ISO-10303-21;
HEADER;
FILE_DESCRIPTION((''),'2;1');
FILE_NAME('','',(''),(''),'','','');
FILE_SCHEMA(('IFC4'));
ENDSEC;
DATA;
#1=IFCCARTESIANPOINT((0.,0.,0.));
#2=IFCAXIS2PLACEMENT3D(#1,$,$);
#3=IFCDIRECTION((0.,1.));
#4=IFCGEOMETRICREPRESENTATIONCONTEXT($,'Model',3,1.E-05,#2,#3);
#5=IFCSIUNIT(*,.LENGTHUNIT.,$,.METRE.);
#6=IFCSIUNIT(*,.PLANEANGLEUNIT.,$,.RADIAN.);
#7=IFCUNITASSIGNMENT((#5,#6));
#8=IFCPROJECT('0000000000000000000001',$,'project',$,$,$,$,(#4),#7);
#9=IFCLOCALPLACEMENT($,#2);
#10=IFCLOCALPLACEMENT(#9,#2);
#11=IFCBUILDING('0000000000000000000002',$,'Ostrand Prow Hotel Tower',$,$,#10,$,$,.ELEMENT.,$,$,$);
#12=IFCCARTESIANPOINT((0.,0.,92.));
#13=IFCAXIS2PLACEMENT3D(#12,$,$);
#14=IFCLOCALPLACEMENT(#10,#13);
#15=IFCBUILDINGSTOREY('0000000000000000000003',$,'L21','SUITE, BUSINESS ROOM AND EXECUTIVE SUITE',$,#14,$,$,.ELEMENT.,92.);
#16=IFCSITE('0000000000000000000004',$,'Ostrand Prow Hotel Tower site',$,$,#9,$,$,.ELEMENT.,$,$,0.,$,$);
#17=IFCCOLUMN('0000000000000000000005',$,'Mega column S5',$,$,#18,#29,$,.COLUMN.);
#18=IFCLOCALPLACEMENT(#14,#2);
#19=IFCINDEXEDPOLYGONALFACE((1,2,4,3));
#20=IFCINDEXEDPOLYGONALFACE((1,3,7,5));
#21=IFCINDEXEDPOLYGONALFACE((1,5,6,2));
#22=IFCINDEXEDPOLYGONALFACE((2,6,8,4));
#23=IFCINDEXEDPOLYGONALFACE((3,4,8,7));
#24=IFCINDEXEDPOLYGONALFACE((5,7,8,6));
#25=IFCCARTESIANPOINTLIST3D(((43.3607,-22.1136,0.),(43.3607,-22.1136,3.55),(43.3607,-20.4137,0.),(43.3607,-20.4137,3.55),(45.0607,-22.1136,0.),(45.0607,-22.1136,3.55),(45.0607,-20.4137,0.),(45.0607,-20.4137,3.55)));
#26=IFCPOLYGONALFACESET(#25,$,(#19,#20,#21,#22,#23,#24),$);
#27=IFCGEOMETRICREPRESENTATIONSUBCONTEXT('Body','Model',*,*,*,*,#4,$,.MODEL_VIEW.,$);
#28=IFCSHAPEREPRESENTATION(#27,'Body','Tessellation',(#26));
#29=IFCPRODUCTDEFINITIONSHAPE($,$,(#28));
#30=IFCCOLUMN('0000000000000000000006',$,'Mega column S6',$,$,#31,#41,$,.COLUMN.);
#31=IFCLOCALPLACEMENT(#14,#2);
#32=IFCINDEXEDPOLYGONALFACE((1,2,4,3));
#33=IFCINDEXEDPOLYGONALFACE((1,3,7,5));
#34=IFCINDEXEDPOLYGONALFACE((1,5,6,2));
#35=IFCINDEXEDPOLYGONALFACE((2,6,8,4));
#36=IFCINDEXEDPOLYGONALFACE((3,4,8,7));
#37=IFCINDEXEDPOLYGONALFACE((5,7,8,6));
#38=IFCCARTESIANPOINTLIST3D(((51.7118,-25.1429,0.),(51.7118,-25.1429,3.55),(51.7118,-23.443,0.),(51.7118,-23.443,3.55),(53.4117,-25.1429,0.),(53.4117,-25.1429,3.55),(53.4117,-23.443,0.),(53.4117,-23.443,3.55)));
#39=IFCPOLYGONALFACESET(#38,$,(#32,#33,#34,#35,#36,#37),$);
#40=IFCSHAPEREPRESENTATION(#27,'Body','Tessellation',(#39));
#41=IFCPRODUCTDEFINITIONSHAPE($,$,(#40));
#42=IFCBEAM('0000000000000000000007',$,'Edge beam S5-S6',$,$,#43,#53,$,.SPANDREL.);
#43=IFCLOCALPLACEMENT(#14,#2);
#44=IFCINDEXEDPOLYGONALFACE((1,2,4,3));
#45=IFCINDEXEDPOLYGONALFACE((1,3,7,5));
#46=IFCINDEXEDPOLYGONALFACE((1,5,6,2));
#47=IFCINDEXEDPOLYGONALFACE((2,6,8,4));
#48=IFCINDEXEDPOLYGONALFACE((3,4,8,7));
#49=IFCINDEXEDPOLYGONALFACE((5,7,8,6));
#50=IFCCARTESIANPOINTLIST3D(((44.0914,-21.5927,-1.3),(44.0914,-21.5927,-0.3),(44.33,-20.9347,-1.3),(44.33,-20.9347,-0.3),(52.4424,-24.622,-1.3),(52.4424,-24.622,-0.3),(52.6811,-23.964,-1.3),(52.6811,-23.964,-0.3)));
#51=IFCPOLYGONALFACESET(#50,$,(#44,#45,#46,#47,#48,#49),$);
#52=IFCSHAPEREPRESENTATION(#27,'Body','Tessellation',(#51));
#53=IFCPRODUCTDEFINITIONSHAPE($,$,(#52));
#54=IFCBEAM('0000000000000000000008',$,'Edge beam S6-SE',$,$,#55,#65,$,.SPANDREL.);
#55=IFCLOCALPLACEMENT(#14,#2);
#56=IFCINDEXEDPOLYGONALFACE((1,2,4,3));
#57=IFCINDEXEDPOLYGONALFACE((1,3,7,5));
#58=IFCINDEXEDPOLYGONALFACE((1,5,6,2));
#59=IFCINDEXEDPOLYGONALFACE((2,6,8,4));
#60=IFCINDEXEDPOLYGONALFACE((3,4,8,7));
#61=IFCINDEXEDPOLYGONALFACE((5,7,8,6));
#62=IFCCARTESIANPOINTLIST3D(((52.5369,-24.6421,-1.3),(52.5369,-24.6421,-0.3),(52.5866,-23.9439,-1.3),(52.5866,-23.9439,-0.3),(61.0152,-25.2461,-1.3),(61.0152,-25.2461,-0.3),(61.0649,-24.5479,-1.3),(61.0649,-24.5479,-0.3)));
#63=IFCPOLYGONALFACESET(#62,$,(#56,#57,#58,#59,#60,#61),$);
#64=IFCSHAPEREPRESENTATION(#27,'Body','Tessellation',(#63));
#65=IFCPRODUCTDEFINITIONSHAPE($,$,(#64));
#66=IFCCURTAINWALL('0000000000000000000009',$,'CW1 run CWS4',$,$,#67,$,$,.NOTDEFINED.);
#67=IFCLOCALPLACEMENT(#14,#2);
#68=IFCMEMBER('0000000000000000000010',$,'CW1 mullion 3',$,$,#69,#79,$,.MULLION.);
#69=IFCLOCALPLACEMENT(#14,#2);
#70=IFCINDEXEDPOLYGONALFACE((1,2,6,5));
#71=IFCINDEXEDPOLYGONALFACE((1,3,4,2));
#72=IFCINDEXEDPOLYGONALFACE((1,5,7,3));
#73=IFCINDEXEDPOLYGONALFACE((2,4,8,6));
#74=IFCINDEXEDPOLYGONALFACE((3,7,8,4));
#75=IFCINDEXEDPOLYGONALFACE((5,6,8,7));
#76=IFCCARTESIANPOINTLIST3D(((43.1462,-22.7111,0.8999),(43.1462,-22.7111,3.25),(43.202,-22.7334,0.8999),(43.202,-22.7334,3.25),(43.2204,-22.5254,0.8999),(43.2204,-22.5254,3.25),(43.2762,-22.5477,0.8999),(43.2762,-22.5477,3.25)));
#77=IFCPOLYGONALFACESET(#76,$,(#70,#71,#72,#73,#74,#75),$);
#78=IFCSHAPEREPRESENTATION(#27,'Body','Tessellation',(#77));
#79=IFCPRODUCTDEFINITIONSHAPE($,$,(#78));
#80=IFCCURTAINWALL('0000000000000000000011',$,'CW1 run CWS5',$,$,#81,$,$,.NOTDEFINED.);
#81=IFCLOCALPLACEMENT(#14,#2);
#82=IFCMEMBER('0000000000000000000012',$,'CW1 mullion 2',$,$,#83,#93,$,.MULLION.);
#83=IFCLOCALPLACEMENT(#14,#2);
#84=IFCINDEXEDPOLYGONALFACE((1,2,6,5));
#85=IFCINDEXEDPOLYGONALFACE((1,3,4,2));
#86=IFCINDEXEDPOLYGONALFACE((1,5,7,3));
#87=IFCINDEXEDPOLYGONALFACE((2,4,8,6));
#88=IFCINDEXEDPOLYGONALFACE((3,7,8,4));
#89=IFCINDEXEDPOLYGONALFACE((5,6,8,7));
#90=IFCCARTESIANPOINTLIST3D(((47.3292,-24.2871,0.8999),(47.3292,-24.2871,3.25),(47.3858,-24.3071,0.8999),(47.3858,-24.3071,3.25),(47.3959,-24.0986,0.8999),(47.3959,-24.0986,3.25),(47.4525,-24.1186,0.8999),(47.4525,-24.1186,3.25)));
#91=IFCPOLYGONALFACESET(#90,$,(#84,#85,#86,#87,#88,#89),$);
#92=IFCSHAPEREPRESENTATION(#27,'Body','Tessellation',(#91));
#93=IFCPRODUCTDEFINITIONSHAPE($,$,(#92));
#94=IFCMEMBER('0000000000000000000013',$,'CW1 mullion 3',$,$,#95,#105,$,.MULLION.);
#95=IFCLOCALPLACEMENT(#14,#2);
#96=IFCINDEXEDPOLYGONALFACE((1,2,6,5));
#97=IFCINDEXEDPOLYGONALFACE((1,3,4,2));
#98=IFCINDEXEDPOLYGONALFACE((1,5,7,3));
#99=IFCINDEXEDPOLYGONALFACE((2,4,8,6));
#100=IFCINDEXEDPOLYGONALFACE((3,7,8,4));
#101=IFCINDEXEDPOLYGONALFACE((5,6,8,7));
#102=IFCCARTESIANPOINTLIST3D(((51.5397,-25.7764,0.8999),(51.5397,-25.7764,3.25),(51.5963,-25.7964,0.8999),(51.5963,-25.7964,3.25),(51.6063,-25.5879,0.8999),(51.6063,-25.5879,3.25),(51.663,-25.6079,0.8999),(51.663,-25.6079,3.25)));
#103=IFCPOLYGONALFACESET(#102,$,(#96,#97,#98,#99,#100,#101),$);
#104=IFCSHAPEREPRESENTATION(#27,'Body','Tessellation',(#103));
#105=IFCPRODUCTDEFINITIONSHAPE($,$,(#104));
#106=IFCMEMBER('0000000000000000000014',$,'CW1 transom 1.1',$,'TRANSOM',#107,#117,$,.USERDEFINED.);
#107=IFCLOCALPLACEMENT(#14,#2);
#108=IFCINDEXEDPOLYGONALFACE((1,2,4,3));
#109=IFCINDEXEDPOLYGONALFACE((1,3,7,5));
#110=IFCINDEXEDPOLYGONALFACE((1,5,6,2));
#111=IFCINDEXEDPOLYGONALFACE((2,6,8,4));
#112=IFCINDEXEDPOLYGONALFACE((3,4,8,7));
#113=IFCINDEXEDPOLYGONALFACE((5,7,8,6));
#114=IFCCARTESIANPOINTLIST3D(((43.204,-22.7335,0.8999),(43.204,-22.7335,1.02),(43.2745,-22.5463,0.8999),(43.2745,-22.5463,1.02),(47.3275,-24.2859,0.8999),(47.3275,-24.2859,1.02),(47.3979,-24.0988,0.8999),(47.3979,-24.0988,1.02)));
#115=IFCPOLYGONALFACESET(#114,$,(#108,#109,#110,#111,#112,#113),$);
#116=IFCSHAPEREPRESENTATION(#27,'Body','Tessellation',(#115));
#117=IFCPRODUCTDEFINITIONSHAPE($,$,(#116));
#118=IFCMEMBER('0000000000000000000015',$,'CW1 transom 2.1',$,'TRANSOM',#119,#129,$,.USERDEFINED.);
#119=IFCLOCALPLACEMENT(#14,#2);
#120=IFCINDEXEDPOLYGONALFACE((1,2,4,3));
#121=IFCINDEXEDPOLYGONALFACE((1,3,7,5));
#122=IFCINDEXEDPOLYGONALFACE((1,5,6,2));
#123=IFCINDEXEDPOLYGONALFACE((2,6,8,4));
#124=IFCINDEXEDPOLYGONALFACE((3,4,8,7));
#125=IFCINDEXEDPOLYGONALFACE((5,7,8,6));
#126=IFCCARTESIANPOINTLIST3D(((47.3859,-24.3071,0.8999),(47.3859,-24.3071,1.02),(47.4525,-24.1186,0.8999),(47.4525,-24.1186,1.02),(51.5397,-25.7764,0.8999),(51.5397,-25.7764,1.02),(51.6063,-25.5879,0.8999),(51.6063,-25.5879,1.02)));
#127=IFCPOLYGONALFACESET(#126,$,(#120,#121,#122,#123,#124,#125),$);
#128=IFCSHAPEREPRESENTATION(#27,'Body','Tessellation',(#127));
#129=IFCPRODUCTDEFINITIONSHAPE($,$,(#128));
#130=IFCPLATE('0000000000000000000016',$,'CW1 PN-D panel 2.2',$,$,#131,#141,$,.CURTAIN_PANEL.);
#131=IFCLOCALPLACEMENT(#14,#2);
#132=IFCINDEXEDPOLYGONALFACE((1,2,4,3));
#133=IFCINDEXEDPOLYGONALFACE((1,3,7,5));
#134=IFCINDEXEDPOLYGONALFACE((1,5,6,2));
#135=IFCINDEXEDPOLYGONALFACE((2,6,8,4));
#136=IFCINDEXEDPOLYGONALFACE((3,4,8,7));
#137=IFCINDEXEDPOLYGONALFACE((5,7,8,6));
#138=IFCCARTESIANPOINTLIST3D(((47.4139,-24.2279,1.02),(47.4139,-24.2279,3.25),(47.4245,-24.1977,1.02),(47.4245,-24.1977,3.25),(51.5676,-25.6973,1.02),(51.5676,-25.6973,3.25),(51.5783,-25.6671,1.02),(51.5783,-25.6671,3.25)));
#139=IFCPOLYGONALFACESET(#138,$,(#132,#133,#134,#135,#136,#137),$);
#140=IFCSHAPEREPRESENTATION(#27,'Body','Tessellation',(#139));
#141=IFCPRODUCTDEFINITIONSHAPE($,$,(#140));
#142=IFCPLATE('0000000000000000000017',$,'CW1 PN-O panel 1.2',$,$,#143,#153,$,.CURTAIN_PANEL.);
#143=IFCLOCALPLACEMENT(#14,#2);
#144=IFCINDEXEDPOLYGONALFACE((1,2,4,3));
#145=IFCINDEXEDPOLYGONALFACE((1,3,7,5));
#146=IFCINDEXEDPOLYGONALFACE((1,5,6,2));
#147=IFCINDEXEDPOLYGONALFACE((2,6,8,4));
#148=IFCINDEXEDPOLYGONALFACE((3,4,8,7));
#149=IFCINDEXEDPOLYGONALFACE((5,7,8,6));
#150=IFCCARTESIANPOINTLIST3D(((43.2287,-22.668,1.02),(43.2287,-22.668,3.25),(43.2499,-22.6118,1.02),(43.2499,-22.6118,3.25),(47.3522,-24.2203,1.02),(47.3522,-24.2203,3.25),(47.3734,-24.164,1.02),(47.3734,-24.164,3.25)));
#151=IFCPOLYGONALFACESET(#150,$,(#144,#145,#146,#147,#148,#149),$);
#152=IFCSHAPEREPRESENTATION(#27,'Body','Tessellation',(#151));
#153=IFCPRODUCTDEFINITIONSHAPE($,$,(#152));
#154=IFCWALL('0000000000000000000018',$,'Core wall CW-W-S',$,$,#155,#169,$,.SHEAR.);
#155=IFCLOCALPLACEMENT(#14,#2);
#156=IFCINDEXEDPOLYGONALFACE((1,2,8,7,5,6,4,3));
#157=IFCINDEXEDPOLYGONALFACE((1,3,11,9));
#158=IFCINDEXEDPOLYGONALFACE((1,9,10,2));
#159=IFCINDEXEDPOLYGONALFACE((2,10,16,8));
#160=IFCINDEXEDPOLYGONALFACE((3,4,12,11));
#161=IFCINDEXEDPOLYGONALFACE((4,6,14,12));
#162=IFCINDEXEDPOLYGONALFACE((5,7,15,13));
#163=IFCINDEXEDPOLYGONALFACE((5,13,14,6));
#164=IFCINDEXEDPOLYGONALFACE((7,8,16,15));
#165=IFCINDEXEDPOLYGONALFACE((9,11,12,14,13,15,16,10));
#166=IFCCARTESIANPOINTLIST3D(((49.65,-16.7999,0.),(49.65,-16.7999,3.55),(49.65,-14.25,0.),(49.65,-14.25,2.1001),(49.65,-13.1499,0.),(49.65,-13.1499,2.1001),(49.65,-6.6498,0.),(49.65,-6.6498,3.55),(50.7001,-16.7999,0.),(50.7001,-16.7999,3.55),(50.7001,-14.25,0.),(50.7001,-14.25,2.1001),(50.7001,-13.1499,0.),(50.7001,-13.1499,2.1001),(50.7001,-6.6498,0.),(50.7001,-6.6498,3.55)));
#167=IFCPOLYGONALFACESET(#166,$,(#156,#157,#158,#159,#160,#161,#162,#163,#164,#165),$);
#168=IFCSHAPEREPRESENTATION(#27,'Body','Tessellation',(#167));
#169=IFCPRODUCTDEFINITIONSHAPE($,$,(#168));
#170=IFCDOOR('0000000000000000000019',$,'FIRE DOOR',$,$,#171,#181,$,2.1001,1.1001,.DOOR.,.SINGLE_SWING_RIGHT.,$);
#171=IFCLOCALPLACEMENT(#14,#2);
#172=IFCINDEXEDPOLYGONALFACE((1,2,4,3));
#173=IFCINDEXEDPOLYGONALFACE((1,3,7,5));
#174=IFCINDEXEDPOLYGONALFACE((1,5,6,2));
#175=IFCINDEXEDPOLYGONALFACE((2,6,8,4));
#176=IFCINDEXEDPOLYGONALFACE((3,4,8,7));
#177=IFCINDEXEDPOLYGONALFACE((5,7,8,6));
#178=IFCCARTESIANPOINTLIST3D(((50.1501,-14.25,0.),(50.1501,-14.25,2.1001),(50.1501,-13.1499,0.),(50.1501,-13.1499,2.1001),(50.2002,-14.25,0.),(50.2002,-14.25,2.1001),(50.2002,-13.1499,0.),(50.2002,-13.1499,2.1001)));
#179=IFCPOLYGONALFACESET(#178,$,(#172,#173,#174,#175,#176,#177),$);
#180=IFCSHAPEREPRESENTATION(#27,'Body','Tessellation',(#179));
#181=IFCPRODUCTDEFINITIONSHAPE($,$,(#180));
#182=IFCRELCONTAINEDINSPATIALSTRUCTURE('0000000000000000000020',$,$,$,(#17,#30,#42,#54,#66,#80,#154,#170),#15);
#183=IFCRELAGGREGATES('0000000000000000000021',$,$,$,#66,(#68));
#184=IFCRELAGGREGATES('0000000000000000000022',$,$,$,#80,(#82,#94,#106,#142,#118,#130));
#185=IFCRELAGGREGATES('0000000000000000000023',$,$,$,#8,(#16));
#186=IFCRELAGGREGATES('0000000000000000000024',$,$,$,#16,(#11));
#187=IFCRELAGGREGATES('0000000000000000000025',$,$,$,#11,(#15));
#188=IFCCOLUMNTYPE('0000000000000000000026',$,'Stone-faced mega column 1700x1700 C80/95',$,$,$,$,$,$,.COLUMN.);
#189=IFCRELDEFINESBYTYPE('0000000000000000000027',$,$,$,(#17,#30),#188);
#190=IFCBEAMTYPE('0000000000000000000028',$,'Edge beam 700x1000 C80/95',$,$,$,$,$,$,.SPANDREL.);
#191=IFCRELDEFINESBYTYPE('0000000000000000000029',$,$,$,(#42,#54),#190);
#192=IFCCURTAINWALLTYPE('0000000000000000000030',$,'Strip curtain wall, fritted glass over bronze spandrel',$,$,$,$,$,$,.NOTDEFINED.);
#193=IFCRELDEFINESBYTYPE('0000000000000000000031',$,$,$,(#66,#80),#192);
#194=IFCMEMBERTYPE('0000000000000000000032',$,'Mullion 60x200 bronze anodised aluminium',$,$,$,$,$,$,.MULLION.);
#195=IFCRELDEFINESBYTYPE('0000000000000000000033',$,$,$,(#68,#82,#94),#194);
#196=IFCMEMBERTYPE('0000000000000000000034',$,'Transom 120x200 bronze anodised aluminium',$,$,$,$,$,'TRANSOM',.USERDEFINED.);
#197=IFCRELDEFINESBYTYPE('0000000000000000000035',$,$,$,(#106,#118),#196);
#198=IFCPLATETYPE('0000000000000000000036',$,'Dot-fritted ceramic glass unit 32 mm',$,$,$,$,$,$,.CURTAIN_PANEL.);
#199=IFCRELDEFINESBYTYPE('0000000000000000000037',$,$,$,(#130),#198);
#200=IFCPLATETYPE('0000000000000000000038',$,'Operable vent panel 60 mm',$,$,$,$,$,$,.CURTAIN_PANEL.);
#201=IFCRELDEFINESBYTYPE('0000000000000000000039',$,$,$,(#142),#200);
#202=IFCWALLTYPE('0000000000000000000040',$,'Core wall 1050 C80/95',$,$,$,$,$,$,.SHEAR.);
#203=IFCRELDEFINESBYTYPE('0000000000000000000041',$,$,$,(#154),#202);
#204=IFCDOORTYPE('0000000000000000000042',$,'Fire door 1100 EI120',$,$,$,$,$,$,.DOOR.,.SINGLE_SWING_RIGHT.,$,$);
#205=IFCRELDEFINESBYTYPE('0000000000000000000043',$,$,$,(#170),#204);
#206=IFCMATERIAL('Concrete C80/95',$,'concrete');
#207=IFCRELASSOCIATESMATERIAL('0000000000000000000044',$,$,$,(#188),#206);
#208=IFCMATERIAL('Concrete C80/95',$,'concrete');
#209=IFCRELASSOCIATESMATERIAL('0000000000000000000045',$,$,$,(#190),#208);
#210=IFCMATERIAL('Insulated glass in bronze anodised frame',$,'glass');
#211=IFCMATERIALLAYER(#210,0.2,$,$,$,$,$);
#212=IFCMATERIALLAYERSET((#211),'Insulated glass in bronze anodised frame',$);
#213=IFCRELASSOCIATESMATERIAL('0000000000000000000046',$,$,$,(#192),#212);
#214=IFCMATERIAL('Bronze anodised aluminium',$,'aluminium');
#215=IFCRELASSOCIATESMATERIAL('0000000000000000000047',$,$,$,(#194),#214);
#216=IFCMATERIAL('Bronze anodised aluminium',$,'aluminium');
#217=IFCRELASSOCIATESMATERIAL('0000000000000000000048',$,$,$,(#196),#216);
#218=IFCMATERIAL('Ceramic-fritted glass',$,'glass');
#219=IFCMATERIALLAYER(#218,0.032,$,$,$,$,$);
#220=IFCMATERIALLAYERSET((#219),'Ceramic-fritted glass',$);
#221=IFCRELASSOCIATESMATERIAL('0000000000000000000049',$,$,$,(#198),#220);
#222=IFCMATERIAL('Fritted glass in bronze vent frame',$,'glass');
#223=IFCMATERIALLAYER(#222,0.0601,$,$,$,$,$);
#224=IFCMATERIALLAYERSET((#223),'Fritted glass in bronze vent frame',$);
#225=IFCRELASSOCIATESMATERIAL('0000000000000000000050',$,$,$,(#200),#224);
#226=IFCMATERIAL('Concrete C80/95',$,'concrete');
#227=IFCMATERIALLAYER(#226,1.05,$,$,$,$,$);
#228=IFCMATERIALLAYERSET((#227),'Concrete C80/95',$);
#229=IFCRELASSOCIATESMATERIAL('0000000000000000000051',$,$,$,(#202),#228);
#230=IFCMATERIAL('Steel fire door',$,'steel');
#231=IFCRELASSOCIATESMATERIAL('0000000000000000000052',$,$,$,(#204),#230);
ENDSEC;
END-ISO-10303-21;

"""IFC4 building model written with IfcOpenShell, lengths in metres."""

from ifc_helpers import new_model, si_unit, direction, frame, frame_2d, origin, origin_2d, place, context, subcontext, project, spatial, rectangle, extrude, material, layer, layer_set, material_profile, profile_set, type_object, element, fill, aggregate, save


model = new_model("IFC4")

# Units and contexts
model_context = context("Model", 3, precision=1e-05, world=origin(), true_north=direction((0.0, 1.0)))
body_context = subcontext(model_context, "Body", "Model", "MODEL_VIEW")
ifc_project = project(units=[si_unit("LENGTHUNIT", "METRE"), si_unit("PLANEANGLEUNIT", "RADIAN")], contexts=[model_context])

# Site, building, storey
site_placement = place(None, origin())
site = spatial("IfcSite", under=ifc_project, at=site_placement, Name="Ostrand Prow Hotel Tower site", CompositionType="ELEMENT", RefElevation=0.0)
building_placement = place(site_placement, origin())
building = spatial("IfcBuilding", under=site, at=building_placement, Name="Ostrand Prow Hotel Tower", CompositionType="ELEMENT")
storey_placement = place(building_placement, frame((0.0, 0.0, 92.0)))
storey = spatial("IfcBuildingStorey", under=building, at=storey_placement, Name="L21", Description="SUITE, BUSINESS ROOM AND EXECUTIVE SUITE", CompositionType="ELEMENT", Elevation=92.0)

# Columns
ifc_material_1 = material(Name="Concrete C80/95", Category="concrete")
ifc_material_profile_1 = material_profile(ifc_material_1, rectangle(XDim=1.7, YDim=1.7, at=origin_2d()), Name="RC 1700x1700")
ifc_profile_set_1 = profile_set([ifc_material_profile_1], Name="Concrete C80/95")
column_type = type_object("IfcColumnType", Name="Stone-faced mega column 1700x1700 C80/95", PredefinedType="COLUMN", material=ifc_profile_set_1)
for number, where, z_axis, x_axis, name in (
    (1, (44.2107, -21.2637, 0.0), (0.0, 0.0, 1.0), (1.0, 0.0, 0.0), "Mega column S5"),
    (2, (52.5618, -24.293, 0.0), (0.0, 0.0, 1.0), (1.0, 0.0, 0.0), "Mega column S6"),
):
    element("IfcColumn", number, at=place(storey_placement, frame(where, z_axis=z_axis, x_axis=x_axis)), inside=storey, type_object=column_type, Name=name, PredefinedType="COLUMN", context=body_context, shape_type="SweptSolid", body=[
        extrude(rectangle(XDim=1.7, YDim=1.7, at=origin_2d()), origin(), (0.0, 0.0, 1.0), 3.55),
    ])

# Beams
ifc_material_2 = material(Name="Concrete C80/95", Category="concrete")
ifc_material_profile_2 = material_profile(ifc_material_2, rectangle(XDim=0.7, YDim=1.0, at=origin_2d()), Name="RC 700x1000")
ifc_profile_set_2 = profile_set([ifc_material_profile_2], Name="Concrete C80/95")
beam_type = type_object("IfcBeamType", Name="Edge beam 700x1000 C80/95", PredefinedType="SPANDREL", material=ifc_profile_set_2)
beam_1_placement = place(storey_placement, frame((44.2107, -21.2637, -0.8), z_axis=(0.940063, -0.341002, 0.0), x_axis=(0.341002, 0.940063, 0.0)))
element("IfcBeam", 3, at=beam_1_placement, inside=storey, type_object=beam_type, Name="Edge beam S5-S6", PredefinedType="SPANDREL", context=body_context, shape_type="SweptSolid", body=[
    extrude(rectangle(XDim=0.7, YDim=1.0, at=origin_2d()), origin(), (0.0, 0.0, 1.0), 8.8835),
])
beam_2_placement = place(storey_placement, frame((52.5618, -24.293, -0.8), z_axis=(0.997472, -0.071061, 0.0), x_axis=(0.071061, 0.997472, 0.0)))
element("IfcBeam", 4, at=beam_2_placement, inside=storey, type_object=beam_type, Name="Edge beam S6-SE", PredefinedType="SPANDREL", context=body_context, shape_type="SweptSolid", body=[
    extrude(rectangle(XDim=0.7, YDim=1.0, at=origin_2d()), origin(), (0.0, 0.0, 1.0), 8.4998),
])

# Curtain wall, member
ifc_material_3 = material(Name="Insulated glass in bronze anodised frame", Category="glass")
ifc_layer_1 = layer(ifc_material_3, 0.2)
ifc_layer_set_1 = layer_set([ifc_layer_1], Name="Insulated glass in bronze anodised frame")
curtain_wall_type = type_object("IfcCurtainWallType", Name="Strip curtain wall, fritted glass over bronze spandrel", PredefinedType="NOTDEFINED", material=ifc_layer_set_1)
curtain_wall_1_placement = place(storey_placement, origin())
curtain_wall_1 = element("IfcCurtainWall", 5, at=curtain_wall_1_placement, inside=storey, type_object=curtain_wall_type, Name="CW1 run CWS4", PredefinedType="NOTDEFINED")
ifc_material_4 = material(Name="Bronze anodised aluminium", Category="aluminium")
ifc_material_profile_3 = material_profile(ifc_material_4, rectangle(XDim=0.2, YDim=0.0601, at=origin_2d()), Name="Mullion 60x200 bronze anodised aluminium")
ifc_profile_set_3 = profile_set([ifc_material_profile_3], Name="Bronze anodised aluminium")
member_type_1 = type_object("IfcMemberType", Name="Mullion 60x200 bronze anodised aluminium", PredefinedType="MULLION", material=ifc_profile_set_3)
member_1_placement = place(storey_placement, frame((43.2112, -22.6294, 0.8999), z_axis=(0.0, 0.0, 1.0), x_axis=(0.370982, 0.92864, 0.0)))
member_1 = element("IfcMember", 6, at=member_1_placement, type_object=member_type_1, Name="CW1 mullion 3", PredefinedType="MULLION", context=body_context, shape_type="SweptSolid", body=[
    extrude(rectangle(XDim=0.2, YDim=0.0601, at=origin_2d()), origin(), (0.0, 0.0, 1.0), 2.3501),
])
aggregate(curtain_wall_1, [member_1])

# Curtain wall, members, plates
curtain_wall_2_placement = place(storey_placement, origin())
curtain_wall_2 = element("IfcCurtainWall", 7, at=curtain_wall_2_placement, inside=storey, type_object=curtain_wall_type, Name="CW1 run CWS5", PredefinedType="NOTDEFINED")
member_2_placement = place(storey_placement, frame((47.3909, -24.2029, 0.8999), z_axis=(0.0, 0.0, 1.0), x_axis=(0.333496, 0.942752, 0.0)))
member_2 = element("IfcMember", 8, at=member_2_placement, type_object=member_type_1, Name="CW1 mullion 2", PredefinedType="MULLION", context=body_context, shape_type="SweptSolid", body=[
    extrude(rectangle(XDim=0.2, YDim=0.0601, at=origin_2d()), origin(), (0.0, 0.0, 1.0), 2.3501),
])
member_3_placement = place(storey_placement, frame((51.6013, -25.6921, 0.8999), z_axis=(0.0, 0.0, 1.0), x_axis=(0.333496, 0.942752, 0.0)))
member_3 = element("IfcMember", 9, at=member_3_placement, type_object=member_type_1, Name="CW1 mullion 3", PredefinedType="MULLION", context=body_context, shape_type="SweptSolid", body=[
    extrude(rectangle(XDim=0.2, YDim=0.0601, at=origin_2d()), origin(), (0.0, 0.0, 1.0), 2.3501),
])
ifc_material_5 = material(Name="Bronze anodised aluminium", Category="aluminium")
ifc_material_profile_4 = material_profile(ifc_material_5, rectangle(XDim=0.2, YDim=0.1201, at=origin_2d()), Name="Transom 120x200 bronze anodised aluminium")
ifc_profile_set_4 = profile_set([ifc_material_profile_4], Name="Bronze anodised aluminium")
member_type_2 = type_object("IfcMemberType", Name="Transom 120x200 bronze anodised aluminium", ElementType="TRANSOM", PredefinedType="USERDEFINED", material=ifc_profile_set_4)
member_4_placement = place(storey_placement, frame((43.2393, -22.6399, 0.96), z_axis=(0.935868, -0.35235, 0.0), x_axis=(0.35235, 0.935868, 0.0)))
member_4 = element("IfcMember", 10, at=member_4_placement, type_object=member_type_2, Name="CW1 transom 1.1", ObjectType="TRANSOM", PredefinedType="USERDEFINED", context=body_context, shape_type="SweptSolid", body=[
    extrude(rectangle(XDim=0.2, YDim=0.1201, at=origin_2d()), origin(), (0.0, 0.0, 1.0), 4.406),
])
member_5_placement = place(storey_placement, frame((47.4192, -24.2129, 0.96), z_axis=(0.942763, -0.333463, 0.0), x_axis=(0.333463, 0.942763, 0.0)))
member_5 = element("IfcMember", 11, at=member_5_placement, type_object=member_type_2, Name="CW1 transom 2.1", ObjectType="TRANSOM", PredefinedType="USERDEFINED", context=body_context, shape_type="SweptSolid", body=[
    extrude(rectangle(XDim=0.2, YDim=0.1201, at=origin_2d()), origin(), (0.0, 0.0, 1.0), 4.406),
])
ifc_material_6 = material(Name="Ceramic-fritted glass", Category="glass")
ifc_layer_2 = layer(ifc_material_6, 0.032)
ifc_layer_set_2 = layer_set([ifc_layer_2], Name="Ceramic-fritted glass")
plate_type_1 = type_object("IfcPlateType", Name="Dot-fritted ceramic glass unit 32 mm", PredefinedType="CURTAIN_PANEL", material=ifc_layer_set_2)
plate_1_placement = place(storey_placement, frame((49.4961, -24.9475, 1.02), z_axis=(0.0, 0.0, 1.0), x_axis=(0.942752, -0.333496, 0.0)))
plate_1 = element("IfcPlate", 12, at=plate_1_placement, type_object=plate_type_1, Name="CW1 PN-D panel 2.2", PredefinedType="CURTAIN_PANEL", context=body_context, shape_type="SweptSolid", body=[
    extrude(rectangle(XDim=4.406, YDim=0.032, at=origin_2d()), origin(), (0.0, 0.0, 1.0), 2.23),
])
ifc_material_7 = material(Name="Fritted glass in bronze vent frame", Category="glass")
ifc_layer_3 = layer(ifc_material_7, 0.0601)
ifc_layer_set_3 = layer_set([ifc_layer_3], Name="Fritted glass in bronze vent frame")
plate_type_2 = type_object("IfcPlateType", Name="Operable vent panel 60 mm", PredefinedType="CURTAIN_PANEL", material=ifc_layer_set_3)
plate_2_placement = place(storey_placement, frame((45.301, -23.416, 1.02), z_axis=(0.0, 0.0, 1.0), x_axis=(0.935884, -0.352309, 0.0)))
plate_2 = element("IfcPlate", 13, at=plate_2_placement, type_object=plate_type_2, Name="CW1 PN-O panel 1.2", PredefinedType="CURTAIN_PANEL", context=body_context, shape_type="SweptSolid", body=[
    extrude(rectangle(XDim=4.406, YDim=0.0601, at=origin_2d()), origin(), (0.0, 0.0, 1.0), 2.23),
])
aggregate(curtain_wall_2, [member_2, member_3, member_4, plate_2, member_5, plate_1])

# Wall, opening, door
ifc_material_8 = material(Name="Concrete C80/95", Category="concrete")
ifc_layer_4 = layer(ifc_material_8, 1.05)
ifc_layer_set_4 = layer_set([ifc_layer_4], Name="Concrete C80/95")
wall_type_1 = type_object("IfcWallType", Name="Core wall 1050 C80/95", PredefinedType="SHEAR", material=ifc_layer_set_4)
wall_1_placement = place(storey_placement, frame((50.175, -16.8, 0.0), z_axis=(0.0, 0.0, 1.0), x_axis=(0.0, 1.0, 0.0)))
wall_1 = element("IfcWall", 14, at=wall_1_placement, inside=storey, type_object=wall_type_1, Name="Core wall CW-W-S", PredefinedType="SHEAR", context=body_context, shape_type="SweptSolid", body=[
    extrude(rectangle(XDim=10.1501, YDim=1.05, at=frame_2d((5.0752, 0.0))), origin(), (0.0, 0.0, 1.0), 3.55),
])
opening_1_placement = place(wall_1_placement, frame((2.55, 0.0, 0.0)))
opening_1 = element("IfcOpeningElement", 15, at=opening_1_placement, cuts=wall_1, PredefinedType="OPENING", context=body_context, shape_type="SweptSolid", body=[
    extrude(rectangle(XDim=1.1001, YDim=2.1001, at=frame_2d((0.55, 1.05))), frame((0.0, 0.5349, 0.0), z_axis=(0.0, -1.0, 0.0), x_axis=(1.0, 0.0, 0.0)), (0.0, 0.0, 1.0), 1.0701),
])
ifc_material_9 = material(Name="Steel fire door", Category="steel")
door_type_1 = type_object("IfcDoorType", Name="Fire door 1100 EI120", OperationType="SINGLE_SWING_RIGHT", PredefinedType="DOOR", material=ifc_material_9)
door_1_placement = place(opening_1_placement, origin())
door_1 = element("IfcDoor", 16, at=door_1_placement, inside=storey, type_object=door_type_1, Name="FIRE DOOR", OperationType="SINGLE_SWING_RIGHT", OverallHeight=2.1001, OverallWidth=1.1001, PredefinedType="DOOR", context=body_context, shape_type="SweptSolid", body=[
    extrude(rectangle(XDim=1.1001, YDim=2.1001, at=frame_2d((0.55, 1.05))), frame((0.0, 0.0249, 0.0), z_axis=(0.0, -1.0, 0.0), x_axis=(1.0, 0.0, 0.0)), (0.0, 0.0, 1.0), 0.05),
])
fill(opening_1, door_1)

save(model, "model.ifc")
